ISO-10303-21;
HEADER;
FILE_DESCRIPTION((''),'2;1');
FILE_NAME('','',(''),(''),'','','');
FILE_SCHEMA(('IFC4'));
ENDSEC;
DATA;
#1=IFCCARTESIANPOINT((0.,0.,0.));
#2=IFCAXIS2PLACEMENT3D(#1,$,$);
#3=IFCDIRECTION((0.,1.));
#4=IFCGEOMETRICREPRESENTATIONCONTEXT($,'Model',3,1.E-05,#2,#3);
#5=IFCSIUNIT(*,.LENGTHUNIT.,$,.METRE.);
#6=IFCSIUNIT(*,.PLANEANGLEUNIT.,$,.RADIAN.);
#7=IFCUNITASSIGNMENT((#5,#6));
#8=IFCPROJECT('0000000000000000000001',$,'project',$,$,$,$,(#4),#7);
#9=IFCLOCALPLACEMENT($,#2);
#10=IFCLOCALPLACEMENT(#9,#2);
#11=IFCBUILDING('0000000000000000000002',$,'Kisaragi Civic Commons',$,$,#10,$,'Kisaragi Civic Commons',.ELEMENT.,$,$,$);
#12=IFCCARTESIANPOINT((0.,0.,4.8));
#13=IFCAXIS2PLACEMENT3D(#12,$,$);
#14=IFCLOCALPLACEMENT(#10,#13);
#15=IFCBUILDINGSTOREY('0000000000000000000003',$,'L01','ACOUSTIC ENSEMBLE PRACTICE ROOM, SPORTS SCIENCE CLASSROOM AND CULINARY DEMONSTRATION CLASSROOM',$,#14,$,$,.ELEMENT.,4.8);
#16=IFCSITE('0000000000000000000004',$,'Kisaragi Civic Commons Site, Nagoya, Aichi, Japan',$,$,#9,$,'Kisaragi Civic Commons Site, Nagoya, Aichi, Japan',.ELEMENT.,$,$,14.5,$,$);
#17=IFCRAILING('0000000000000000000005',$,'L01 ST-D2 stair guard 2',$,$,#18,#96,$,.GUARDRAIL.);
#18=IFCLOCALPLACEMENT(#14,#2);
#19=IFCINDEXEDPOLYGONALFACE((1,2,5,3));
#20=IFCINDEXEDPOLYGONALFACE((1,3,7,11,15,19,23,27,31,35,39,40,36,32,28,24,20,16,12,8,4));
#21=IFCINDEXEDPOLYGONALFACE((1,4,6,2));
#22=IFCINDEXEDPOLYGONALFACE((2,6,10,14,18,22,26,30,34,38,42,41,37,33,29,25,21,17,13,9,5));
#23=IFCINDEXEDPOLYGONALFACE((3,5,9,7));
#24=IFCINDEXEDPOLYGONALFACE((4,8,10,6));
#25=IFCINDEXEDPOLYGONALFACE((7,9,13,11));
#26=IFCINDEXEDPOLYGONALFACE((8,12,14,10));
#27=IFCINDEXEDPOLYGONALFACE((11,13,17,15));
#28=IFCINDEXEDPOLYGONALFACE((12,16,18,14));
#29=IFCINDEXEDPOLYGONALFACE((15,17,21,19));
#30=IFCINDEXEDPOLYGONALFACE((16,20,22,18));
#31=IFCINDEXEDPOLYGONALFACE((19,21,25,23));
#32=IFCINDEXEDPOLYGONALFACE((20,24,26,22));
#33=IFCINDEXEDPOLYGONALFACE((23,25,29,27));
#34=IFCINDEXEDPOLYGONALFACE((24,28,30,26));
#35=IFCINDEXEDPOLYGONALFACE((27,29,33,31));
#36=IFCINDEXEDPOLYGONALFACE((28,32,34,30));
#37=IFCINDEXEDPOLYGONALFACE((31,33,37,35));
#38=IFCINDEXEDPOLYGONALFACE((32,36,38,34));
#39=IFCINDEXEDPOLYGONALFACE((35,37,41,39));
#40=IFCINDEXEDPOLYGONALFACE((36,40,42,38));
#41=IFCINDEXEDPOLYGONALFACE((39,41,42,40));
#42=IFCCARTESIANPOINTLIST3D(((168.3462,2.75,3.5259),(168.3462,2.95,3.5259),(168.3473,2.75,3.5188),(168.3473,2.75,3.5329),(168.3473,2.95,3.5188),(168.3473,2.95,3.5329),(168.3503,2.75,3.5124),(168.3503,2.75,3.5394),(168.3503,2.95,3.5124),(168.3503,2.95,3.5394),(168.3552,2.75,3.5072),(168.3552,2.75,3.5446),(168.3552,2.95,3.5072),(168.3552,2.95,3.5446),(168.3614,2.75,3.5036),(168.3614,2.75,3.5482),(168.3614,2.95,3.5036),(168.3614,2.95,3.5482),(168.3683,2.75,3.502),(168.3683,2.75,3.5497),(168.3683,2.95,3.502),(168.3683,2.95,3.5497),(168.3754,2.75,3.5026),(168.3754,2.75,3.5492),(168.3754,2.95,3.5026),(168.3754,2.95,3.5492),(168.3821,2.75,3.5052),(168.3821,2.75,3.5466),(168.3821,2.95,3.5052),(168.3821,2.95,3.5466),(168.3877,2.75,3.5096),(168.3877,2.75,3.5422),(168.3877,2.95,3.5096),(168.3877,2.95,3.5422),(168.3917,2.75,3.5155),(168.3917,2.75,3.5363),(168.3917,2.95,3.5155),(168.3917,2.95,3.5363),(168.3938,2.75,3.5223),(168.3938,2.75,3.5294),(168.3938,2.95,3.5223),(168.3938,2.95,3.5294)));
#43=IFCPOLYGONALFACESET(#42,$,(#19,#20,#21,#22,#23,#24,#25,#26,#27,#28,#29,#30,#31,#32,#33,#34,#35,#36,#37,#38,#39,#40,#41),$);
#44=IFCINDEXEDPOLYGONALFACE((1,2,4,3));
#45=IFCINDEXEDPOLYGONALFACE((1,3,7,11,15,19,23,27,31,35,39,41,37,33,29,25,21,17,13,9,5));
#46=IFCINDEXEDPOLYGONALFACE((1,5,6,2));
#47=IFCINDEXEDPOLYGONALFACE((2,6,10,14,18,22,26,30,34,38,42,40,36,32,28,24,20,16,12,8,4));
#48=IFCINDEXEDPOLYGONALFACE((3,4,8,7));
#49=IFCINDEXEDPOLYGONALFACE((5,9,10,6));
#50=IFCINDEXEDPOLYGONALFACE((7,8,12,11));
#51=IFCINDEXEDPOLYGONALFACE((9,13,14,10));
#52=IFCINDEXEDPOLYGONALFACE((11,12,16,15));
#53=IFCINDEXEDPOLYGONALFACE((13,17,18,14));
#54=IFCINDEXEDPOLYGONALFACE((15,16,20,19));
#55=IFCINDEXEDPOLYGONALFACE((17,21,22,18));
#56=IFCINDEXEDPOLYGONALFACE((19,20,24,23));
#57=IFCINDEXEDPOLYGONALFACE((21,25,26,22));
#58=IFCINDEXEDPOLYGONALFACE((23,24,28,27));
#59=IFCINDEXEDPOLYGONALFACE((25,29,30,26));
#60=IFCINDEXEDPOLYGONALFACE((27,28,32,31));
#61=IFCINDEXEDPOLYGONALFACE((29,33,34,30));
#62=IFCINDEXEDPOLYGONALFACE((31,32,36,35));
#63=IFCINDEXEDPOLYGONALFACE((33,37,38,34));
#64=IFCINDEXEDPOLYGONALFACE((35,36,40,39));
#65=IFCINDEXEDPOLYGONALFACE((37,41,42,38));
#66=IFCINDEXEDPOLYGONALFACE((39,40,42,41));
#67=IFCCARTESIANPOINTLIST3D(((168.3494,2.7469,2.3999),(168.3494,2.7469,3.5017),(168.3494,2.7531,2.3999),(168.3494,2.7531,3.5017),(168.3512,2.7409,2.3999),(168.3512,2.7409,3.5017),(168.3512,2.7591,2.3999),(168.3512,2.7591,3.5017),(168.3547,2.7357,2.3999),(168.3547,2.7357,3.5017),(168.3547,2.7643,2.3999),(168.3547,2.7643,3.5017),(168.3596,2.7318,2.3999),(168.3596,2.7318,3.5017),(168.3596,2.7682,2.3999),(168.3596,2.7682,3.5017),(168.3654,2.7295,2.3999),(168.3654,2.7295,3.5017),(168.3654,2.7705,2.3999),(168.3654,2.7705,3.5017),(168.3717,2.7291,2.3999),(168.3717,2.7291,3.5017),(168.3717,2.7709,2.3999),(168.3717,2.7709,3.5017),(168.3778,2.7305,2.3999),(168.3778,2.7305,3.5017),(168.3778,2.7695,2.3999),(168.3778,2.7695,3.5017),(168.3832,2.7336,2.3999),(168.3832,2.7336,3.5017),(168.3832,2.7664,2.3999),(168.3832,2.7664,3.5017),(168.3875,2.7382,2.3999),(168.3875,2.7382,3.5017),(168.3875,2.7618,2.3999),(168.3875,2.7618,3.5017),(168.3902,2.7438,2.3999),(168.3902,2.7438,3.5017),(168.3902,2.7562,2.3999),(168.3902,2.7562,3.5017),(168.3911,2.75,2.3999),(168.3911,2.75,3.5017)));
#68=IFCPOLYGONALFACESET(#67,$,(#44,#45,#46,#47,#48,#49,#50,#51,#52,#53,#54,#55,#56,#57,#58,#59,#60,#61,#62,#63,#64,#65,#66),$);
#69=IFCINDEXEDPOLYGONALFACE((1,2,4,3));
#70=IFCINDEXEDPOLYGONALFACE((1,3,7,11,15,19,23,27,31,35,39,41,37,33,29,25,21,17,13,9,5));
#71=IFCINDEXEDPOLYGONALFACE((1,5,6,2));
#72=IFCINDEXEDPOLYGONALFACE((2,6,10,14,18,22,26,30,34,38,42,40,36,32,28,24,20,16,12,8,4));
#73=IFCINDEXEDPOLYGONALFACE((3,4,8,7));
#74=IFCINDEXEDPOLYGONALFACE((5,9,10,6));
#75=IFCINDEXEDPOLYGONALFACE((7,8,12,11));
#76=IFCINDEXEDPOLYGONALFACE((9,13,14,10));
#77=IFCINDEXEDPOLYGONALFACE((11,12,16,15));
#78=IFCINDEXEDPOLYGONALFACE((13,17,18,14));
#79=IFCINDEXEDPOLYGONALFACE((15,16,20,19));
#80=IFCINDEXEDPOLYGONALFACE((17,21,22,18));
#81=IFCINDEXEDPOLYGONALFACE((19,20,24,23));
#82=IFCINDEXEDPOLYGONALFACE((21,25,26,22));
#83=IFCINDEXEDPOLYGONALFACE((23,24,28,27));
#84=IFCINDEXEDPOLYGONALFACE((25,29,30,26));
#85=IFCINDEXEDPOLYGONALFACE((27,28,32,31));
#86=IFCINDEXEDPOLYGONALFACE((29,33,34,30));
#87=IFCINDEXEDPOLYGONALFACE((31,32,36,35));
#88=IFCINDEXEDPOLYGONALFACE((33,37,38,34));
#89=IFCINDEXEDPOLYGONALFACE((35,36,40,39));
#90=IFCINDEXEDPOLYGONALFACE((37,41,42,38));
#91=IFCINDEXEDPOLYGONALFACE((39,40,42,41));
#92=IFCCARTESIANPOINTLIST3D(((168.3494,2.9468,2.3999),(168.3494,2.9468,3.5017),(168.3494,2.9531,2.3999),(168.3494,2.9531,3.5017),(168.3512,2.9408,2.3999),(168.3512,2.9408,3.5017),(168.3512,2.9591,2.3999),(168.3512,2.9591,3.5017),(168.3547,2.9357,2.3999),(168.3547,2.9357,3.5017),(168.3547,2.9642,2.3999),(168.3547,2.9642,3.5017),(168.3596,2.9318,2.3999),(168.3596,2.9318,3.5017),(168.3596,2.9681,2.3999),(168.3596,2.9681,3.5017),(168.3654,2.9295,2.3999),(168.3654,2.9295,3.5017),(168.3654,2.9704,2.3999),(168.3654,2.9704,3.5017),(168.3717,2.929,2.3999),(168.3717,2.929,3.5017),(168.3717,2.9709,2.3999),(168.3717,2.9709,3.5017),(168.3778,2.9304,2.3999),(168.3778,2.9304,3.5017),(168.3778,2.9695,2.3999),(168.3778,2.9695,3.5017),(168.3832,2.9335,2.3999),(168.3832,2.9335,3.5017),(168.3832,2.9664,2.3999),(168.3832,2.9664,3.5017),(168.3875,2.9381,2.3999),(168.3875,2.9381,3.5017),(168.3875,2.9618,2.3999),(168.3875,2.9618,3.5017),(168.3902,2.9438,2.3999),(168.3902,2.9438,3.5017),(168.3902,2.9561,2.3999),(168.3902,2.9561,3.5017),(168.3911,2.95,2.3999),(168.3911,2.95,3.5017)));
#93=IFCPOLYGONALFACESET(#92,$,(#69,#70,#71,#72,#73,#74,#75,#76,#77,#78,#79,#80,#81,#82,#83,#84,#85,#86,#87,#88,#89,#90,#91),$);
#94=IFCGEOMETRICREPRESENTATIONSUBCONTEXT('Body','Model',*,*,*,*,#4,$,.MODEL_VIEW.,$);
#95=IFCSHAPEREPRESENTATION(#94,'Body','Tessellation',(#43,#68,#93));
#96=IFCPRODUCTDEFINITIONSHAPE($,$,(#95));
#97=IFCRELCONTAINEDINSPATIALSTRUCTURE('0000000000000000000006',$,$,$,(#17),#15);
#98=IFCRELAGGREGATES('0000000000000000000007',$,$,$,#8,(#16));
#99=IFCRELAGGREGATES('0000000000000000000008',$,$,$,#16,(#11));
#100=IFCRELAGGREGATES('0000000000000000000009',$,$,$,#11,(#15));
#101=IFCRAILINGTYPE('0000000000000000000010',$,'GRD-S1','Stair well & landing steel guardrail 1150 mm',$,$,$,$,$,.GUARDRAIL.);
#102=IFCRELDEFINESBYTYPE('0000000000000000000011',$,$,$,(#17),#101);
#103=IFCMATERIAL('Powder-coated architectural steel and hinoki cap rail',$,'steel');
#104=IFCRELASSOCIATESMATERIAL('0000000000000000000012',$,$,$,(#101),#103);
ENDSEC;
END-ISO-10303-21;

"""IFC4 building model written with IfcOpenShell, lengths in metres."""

from ifc_helpers import new_model, si_unit, direction, frame, origin, origin_2d, place, context, subcontext, project, spatial, circle, extrude, material, type_object, element, save


model = new_model("IFC4")

# Units and contexts
model_context = context("Model", 3, precision=1e-05, world=origin(), true_north=direction((0.0, 1.0)))
body_context = subcontext(model_context, "Body", "Model", "MODEL_VIEW")
ifc_project = project(units=[si_unit("LENGTHUNIT", "METRE"), si_unit("PLANEANGLEUNIT", "RADIAN")], contexts=[model_context])

# Site, building, storey
site_placement = place(None, origin())
site = spatial("IfcSite", under=ifc_project, at=site_placement, Name="Kisaragi Civic Commons Site, Nagoya, Aichi, Japan", LongName="Kisaragi Civic Commons Site, Nagoya, Aichi, Japan", CompositionType="ELEMENT", RefElevation=14.5)
building_placement = place(site_placement, origin())
building = spatial("IfcBuilding", under=site, at=building_placement, Name="Kisaragi Civic Commons", LongName="Kisaragi Civic Commons", CompositionType="ELEMENT")
storey_placement = place(building_placement, frame((0.0, 0.0, 4.8)))
storey = spatial("IfcBuildingStorey", under=building, at=storey_placement, Name="L01", Description="ACOUSTIC ENSEMBLE PRACTICE ROOM, SPORTS SCIENCE CLASSROOM AND CULINARY DEMONSTRATION CLASSROOM", CompositionType="ELEMENT", Elevation=4.8)

# Railing
ifc_material_1 = material(Name="Powder-coated architectural steel and hinoki cap rail", Category="steel")
railing_type_1 = type_object("IfcRailingType", Name="GRD-S1", Description="Stair well & landing steel guardrail 1150 mm", PredefinedType="GUARDRAIL", material=ifc_material_1)
railing_1_placement = place(storey_placement, frame((168.3701, 2.75, 2.3999)))
element("IfcRailing", 1, at=railing_1_placement, inside=storey, type_object=railing_type_1, Name="L01 ST-D2 stair guard 2", PredefinedType="GUARDRAIL", context=body_context, shape_type="SweptSolid", body=[
    extrude(circle(Radius=0.0239, at=origin_2d()), frame((0.0, 0.0, 1.126), z_axis=(0.0, 1.0, 0.0), x_axis=(-1.0, 0.0, 0.0)), (0.0, 0.0, 1.0), 0.2),
    extrude(circle(Radius=0.021, at=origin_2d()), origin(), (0.0, 0.0, 1.0), 1.1018),
    extrude(circle(Radius=0.021, at=origin_2d()), frame((0.0, 0.2, 0.0)), (0.0, 0.0, 1.0), 1.1018),
])

save(model, "model.ifc")
